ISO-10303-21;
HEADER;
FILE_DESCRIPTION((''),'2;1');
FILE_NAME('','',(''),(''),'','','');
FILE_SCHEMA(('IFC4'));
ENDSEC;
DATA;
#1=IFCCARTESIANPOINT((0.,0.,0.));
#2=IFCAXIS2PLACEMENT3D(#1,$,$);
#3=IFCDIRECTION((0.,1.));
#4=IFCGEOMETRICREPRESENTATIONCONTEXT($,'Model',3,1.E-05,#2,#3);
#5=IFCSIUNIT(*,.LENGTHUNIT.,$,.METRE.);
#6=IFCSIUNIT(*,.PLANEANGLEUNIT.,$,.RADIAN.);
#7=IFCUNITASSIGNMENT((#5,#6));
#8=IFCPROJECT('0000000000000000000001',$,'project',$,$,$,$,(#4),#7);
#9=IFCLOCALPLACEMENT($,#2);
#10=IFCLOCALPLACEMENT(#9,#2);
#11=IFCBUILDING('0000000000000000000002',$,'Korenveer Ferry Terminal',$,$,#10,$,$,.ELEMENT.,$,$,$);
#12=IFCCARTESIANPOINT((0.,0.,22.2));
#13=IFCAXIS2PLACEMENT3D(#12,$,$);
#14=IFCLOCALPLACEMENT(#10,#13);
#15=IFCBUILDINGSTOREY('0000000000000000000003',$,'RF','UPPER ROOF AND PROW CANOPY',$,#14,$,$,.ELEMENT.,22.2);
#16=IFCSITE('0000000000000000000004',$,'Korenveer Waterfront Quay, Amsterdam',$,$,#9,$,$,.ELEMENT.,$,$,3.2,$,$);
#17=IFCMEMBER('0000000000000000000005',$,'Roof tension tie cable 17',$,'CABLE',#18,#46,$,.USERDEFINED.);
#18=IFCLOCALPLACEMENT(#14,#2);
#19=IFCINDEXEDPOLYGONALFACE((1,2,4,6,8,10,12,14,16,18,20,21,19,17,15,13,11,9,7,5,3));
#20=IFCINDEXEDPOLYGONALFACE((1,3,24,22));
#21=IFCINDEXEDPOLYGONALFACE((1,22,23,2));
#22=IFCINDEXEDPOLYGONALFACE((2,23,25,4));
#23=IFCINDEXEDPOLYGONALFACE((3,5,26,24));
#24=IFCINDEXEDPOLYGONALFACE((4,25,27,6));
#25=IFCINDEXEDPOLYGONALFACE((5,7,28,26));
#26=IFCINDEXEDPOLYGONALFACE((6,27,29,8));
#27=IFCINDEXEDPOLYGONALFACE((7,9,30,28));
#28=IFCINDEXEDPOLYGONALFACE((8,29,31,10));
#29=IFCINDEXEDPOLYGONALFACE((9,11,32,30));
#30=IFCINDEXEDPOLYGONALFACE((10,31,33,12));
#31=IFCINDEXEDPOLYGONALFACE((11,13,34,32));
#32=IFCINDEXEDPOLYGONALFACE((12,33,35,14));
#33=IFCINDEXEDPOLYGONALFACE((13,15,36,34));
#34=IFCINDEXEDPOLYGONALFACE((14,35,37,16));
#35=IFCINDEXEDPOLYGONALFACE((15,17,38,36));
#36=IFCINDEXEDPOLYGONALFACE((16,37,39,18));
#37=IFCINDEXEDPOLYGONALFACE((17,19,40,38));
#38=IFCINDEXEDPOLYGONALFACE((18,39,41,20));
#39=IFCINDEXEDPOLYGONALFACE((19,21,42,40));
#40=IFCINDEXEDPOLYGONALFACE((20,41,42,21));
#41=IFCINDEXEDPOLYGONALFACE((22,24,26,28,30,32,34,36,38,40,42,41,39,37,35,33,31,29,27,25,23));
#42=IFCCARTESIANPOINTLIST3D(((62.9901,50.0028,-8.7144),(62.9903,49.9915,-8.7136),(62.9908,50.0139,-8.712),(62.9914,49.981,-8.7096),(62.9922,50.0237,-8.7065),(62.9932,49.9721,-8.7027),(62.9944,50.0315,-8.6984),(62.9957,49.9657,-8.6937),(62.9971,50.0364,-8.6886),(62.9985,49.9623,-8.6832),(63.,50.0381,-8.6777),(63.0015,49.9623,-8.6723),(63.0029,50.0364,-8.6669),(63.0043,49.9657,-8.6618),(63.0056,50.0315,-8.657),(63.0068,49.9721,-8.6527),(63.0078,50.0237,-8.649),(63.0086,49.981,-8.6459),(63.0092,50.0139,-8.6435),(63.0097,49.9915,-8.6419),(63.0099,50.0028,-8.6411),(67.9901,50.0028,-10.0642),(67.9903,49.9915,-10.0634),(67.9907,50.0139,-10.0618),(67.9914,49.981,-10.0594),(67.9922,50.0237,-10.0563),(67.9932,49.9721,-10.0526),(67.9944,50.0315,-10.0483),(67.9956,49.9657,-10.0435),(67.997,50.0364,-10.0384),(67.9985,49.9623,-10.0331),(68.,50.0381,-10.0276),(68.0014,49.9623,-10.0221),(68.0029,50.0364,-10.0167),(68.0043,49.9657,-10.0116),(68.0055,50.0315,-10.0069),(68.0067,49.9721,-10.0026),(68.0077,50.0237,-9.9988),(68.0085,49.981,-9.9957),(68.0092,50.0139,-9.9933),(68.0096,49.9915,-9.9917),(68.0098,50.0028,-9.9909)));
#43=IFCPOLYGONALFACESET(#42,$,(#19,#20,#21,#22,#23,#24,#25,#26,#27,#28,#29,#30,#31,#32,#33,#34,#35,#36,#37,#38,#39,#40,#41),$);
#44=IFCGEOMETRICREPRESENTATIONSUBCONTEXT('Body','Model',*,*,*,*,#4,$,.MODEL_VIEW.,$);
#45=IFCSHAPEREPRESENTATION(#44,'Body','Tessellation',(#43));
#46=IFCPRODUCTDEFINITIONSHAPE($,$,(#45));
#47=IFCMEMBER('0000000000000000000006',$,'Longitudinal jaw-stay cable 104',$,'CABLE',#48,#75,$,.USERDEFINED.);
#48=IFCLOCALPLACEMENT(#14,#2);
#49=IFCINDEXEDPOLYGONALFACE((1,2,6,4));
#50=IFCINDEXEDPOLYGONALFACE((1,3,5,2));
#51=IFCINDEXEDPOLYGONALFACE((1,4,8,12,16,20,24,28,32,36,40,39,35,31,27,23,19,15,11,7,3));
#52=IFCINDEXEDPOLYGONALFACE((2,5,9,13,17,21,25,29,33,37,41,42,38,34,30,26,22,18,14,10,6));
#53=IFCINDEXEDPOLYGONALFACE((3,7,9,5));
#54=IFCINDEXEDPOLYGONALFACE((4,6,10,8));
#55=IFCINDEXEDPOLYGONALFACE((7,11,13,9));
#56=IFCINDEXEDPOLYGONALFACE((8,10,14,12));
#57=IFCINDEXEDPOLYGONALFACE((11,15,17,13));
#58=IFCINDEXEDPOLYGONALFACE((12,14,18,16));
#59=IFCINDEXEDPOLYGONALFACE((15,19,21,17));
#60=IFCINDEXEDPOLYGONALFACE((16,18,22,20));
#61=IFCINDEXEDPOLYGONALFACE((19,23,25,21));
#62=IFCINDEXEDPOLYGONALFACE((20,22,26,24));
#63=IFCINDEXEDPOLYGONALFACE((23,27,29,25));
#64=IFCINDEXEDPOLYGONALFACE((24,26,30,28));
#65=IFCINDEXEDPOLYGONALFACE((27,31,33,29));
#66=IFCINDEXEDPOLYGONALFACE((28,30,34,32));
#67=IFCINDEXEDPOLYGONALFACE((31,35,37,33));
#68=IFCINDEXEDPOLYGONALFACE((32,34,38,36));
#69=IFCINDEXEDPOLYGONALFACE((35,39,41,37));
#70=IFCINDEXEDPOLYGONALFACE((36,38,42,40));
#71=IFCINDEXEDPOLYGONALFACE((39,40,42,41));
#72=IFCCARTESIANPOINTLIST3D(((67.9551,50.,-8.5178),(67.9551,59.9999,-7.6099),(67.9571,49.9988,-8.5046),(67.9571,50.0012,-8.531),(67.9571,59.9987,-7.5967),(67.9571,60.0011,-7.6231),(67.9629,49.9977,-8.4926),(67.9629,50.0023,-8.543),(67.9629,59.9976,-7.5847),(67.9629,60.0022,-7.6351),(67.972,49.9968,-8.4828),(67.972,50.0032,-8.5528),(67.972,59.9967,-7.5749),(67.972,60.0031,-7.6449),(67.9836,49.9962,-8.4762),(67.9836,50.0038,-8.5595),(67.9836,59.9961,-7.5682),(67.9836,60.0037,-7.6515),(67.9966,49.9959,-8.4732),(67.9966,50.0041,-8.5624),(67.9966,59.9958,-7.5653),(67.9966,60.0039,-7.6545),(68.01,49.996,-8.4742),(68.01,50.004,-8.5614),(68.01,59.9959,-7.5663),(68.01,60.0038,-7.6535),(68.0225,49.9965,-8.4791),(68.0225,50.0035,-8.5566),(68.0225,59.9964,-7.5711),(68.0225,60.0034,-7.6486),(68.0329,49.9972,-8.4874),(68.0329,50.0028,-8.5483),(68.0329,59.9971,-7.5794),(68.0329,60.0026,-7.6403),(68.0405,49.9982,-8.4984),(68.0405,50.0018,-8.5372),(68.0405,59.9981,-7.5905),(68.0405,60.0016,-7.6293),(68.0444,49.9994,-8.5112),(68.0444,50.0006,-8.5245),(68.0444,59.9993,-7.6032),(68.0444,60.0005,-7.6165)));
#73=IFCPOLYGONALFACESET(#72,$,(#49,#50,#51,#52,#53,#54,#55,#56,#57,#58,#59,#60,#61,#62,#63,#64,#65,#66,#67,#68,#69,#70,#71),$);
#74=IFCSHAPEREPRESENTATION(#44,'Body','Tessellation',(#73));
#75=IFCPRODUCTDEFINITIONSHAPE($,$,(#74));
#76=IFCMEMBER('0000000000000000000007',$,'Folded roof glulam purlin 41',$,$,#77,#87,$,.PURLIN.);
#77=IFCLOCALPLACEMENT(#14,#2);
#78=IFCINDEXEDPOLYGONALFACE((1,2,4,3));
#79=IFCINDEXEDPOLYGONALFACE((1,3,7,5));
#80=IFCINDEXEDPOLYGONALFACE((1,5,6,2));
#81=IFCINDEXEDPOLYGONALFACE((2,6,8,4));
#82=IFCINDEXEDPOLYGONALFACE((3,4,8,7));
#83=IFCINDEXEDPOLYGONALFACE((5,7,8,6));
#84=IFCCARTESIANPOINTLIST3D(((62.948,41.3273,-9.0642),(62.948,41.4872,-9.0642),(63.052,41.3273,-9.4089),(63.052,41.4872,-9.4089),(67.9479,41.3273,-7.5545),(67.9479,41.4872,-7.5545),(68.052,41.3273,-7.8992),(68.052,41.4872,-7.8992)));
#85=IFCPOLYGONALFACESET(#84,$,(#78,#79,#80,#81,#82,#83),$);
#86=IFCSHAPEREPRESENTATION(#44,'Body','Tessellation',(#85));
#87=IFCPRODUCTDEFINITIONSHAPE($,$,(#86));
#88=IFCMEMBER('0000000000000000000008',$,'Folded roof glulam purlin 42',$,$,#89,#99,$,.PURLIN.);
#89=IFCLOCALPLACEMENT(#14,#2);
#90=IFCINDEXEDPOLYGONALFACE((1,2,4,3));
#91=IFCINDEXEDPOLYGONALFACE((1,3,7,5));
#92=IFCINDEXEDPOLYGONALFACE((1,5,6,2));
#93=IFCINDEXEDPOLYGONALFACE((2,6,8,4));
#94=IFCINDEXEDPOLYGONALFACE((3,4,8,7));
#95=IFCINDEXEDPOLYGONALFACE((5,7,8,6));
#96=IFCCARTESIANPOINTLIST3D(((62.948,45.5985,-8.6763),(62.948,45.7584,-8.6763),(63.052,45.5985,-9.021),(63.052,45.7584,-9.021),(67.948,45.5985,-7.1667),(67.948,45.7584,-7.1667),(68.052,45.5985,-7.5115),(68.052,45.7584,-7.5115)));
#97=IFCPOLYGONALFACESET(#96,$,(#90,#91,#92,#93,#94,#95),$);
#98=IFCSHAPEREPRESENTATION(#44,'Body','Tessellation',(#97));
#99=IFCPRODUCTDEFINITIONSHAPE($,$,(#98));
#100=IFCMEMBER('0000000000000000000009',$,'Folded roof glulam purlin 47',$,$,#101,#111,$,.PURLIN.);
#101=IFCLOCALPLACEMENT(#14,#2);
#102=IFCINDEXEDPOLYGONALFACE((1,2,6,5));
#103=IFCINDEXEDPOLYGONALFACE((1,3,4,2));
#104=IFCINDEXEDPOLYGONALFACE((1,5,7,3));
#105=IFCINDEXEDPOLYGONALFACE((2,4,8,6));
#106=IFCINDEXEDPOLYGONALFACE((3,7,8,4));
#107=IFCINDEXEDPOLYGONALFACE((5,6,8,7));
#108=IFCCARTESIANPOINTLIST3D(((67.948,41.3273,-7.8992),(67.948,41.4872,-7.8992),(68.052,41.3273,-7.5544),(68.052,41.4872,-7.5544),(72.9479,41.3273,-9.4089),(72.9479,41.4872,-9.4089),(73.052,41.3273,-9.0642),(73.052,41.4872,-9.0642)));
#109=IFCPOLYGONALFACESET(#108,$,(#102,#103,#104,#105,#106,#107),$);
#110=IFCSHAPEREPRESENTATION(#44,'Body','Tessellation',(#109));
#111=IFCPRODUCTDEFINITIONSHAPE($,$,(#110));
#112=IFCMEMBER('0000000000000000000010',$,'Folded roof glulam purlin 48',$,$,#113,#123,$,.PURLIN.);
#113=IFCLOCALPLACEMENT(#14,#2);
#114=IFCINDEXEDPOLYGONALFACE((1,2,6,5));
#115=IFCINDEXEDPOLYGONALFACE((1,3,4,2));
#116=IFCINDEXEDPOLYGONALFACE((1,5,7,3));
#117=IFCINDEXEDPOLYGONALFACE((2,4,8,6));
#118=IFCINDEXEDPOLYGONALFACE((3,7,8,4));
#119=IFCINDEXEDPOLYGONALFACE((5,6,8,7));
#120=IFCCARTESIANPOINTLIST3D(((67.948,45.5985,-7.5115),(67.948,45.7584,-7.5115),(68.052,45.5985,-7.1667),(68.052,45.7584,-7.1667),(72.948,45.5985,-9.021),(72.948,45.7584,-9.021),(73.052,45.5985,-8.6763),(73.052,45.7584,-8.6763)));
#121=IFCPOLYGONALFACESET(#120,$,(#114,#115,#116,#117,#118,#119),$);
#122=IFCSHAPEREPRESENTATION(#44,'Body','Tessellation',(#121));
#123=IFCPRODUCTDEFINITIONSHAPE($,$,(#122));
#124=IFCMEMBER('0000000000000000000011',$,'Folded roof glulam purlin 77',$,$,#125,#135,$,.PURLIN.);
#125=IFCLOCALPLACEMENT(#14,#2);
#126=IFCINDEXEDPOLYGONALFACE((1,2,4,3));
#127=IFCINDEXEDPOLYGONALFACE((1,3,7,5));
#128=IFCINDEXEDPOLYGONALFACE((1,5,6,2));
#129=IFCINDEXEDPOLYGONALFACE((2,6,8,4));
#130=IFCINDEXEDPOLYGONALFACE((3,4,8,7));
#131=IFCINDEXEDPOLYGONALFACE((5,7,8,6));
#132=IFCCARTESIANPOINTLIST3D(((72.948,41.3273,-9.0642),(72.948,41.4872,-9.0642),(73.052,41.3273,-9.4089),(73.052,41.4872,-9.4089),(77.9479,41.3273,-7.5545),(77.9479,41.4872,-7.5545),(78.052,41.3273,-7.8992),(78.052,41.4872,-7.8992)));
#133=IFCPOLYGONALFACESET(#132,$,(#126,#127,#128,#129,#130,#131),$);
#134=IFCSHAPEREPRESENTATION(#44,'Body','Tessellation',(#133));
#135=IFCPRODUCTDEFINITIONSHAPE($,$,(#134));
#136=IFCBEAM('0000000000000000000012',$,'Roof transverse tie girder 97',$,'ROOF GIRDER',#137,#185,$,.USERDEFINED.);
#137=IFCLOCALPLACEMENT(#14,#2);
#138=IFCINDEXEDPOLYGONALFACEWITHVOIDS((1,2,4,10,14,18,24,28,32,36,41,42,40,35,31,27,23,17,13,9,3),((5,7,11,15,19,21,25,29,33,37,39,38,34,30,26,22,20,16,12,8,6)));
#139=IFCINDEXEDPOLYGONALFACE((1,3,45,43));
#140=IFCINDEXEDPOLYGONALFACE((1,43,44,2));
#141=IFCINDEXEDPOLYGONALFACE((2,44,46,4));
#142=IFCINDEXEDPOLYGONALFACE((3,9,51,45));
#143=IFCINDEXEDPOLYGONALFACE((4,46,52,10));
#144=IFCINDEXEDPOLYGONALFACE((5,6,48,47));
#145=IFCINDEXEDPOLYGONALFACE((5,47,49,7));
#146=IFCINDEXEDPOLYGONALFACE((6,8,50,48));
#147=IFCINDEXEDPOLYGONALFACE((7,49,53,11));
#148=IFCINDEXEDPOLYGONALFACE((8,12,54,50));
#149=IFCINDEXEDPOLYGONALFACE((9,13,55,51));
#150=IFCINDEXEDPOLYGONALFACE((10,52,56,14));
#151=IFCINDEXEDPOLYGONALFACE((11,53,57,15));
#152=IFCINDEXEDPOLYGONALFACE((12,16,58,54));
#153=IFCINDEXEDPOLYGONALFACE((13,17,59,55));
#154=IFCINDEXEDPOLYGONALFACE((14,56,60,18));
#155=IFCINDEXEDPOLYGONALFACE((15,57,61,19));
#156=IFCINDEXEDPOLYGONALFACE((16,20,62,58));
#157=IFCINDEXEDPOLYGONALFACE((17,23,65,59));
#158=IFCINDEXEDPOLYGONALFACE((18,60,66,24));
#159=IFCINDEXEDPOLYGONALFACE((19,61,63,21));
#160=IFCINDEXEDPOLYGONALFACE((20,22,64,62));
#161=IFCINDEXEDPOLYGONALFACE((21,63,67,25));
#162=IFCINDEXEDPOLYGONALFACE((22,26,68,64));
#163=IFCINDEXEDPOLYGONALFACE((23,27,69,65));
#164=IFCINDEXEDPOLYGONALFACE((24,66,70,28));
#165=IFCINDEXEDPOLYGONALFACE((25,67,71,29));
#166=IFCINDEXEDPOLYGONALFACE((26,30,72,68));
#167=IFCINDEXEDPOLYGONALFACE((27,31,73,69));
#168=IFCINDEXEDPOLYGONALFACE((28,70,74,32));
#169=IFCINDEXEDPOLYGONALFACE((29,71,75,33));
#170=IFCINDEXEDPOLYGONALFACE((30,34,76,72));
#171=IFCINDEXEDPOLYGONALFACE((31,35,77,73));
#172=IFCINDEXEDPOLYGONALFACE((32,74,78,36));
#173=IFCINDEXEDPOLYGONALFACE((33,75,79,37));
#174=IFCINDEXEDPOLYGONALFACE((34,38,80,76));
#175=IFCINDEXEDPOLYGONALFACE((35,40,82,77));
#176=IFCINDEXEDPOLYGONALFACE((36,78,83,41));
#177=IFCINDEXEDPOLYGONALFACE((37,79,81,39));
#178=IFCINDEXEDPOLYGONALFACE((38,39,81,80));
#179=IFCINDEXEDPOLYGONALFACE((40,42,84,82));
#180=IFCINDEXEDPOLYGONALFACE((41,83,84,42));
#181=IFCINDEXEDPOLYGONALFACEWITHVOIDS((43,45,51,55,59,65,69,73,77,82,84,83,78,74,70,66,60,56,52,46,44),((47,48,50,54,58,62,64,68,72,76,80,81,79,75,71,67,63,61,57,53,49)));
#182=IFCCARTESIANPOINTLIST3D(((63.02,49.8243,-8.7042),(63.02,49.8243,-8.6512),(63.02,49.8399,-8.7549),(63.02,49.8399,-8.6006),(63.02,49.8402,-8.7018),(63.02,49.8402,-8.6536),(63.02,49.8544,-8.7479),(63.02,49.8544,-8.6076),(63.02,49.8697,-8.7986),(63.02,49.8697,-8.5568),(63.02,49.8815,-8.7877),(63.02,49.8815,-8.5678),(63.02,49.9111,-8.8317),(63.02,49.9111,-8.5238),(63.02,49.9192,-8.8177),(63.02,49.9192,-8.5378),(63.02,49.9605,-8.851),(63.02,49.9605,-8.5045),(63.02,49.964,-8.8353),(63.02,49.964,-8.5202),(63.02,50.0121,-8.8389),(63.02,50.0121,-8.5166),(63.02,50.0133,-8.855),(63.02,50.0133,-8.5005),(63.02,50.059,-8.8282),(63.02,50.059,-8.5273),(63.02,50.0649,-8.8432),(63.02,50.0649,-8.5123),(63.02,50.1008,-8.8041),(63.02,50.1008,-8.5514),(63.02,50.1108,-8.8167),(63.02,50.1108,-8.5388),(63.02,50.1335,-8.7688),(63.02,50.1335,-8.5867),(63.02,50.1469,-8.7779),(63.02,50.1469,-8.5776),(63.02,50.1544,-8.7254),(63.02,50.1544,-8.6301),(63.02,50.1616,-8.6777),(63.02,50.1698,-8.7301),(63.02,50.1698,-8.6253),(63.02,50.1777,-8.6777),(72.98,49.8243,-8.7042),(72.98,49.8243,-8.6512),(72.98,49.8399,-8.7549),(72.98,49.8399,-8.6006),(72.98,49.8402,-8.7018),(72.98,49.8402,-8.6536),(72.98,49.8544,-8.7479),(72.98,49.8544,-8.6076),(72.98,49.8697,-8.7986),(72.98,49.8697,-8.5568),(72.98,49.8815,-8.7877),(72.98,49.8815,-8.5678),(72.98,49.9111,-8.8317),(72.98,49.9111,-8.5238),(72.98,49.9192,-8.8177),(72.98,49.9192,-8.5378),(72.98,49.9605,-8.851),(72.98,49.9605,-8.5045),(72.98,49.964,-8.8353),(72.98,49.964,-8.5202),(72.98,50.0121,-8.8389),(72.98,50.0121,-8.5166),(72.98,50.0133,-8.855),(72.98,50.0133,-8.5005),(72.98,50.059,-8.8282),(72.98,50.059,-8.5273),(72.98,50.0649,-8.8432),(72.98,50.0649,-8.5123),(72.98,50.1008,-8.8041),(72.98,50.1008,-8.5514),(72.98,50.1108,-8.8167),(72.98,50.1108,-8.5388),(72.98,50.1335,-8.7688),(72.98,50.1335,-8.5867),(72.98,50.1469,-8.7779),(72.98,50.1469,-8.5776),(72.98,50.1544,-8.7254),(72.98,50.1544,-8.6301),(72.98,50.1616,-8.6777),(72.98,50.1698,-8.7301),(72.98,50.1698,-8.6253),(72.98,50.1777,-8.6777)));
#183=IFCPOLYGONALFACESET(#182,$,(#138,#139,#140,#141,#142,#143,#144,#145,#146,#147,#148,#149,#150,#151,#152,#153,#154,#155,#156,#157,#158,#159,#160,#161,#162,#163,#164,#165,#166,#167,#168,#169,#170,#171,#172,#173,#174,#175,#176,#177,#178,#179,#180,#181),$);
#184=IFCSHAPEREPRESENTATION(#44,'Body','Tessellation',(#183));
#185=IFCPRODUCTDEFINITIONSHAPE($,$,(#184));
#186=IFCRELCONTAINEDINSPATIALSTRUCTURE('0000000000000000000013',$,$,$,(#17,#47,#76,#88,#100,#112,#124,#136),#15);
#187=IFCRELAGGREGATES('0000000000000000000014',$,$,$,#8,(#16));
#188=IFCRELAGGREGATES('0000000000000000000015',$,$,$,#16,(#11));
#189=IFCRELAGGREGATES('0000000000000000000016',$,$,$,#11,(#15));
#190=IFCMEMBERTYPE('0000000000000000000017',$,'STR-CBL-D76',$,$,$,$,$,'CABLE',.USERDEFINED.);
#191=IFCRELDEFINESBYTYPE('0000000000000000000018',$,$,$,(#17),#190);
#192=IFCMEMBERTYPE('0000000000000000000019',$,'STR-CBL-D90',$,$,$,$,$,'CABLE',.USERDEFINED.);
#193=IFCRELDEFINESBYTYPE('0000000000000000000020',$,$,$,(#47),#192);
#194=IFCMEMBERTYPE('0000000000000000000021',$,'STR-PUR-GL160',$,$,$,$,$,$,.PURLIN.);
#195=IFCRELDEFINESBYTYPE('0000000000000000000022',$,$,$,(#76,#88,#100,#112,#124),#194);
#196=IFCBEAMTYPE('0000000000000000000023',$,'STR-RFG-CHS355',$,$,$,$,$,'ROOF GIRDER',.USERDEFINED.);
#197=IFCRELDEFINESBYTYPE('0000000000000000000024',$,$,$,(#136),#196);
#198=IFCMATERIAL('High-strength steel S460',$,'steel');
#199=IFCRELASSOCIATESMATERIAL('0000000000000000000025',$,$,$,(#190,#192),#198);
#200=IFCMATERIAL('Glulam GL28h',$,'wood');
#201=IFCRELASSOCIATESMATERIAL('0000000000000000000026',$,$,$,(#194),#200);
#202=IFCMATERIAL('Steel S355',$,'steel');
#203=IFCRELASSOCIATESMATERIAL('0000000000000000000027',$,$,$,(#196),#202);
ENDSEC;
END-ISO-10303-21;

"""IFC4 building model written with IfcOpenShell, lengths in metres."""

from ifc_helpers import new_model, si_unit, direction, frame, origin, origin_2d, place, context, subcontext, project, spatial, rectangle, circle, hollow_circle, extrude, material, material_profile, profile_set, type_object, element, save


model = new_model("IFC4")

# Units and contexts
model_context = context("Model", 3, precision=1e-05, world=origin(), true_north=direction((0.0, 1.0)))
body_context = subcontext(model_context, "Body", "Model", "MODEL_VIEW")
ifc_project = project(units=[si_unit("LENGTHUNIT", "METRE"), si_unit("PLANEANGLEUNIT", "RADIAN")], contexts=[model_context])

# Site, building, storey
site_placement = place(None, origin())
site = spatial("IfcSite", under=ifc_project, at=site_placement, Name="Korenveer Waterfront Quay, Amsterdam", CompositionType="ELEMENT", RefElevation=3.2)
building_placement = place(site_placement, origin())
building = spatial("IfcBuilding", under=site, at=building_placement, Name="Korenveer Ferry Terminal", CompositionType="ELEMENT")
storey_placement = place(building_placement, frame((0.0, 0.0, 22.2)))
storey = spatial("IfcBuildingStorey", under=building, at=storey_placement, Name="RF", Description="UPPER ROOF AND PROW CANOPY", CompositionType="ELEMENT", Elevation=22.2)

# Shared definitions
ifc_material_1 = material(Name="Steel S355", Category="steel")

# Members
ifc_material_2 = material(Name="High-strength steel S460", Category="steel")
ifc_material_profile_1 = material_profile(ifc_material_2, circle(Radius=0.0381, at=origin_2d()), Name="ROD D76")
ifc_profile_set_1 = profile_set([ifc_material_profile_1], Name="High-strength steel S460")
member_type_1 = type_object("IfcMemberType", Name="STR-CBL-D76", ElementType="CABLE", PredefinedType="USERDEFINED", material=ifc_profile_set_1)
for number, where, z_axis, x_axis, name in (
    (1, (63.0, 50.0, -8.6777), (0.965436, 0.0, -0.260639), (0.0, 1.0, 0.0), "Roof tension tie cable 17"),
):
    element("IfcMember", number, at=place(storey_placement, frame(where, z_axis=z_axis, x_axis=x_axis)), inside=storey, type_object=member_type_1, Name=name, ObjectType="CABLE", PredefinedType="USERDEFINED", context=body_context, shape_type="SweptSolid", body=[
        extrude(circle(Radius=0.0381, at=origin_2d()), origin(), (0.0, 0.0, 1.0), 5.179),
    ])
ifc_material_profile_2 = material_profile(ifc_material_2, circle(Radius=0.0449, at=origin_2d()), Name="ROD D90")
ifc_profile_set_2 = profile_set([ifc_material_profile_2], Name="High-strength steel S460")
member_type_2 = type_object("IfcMemberType", Name="STR-CBL-D90", ElementType="CABLE", PredefinedType="USERDEFINED", material=ifc_profile_set_2)
member_1_placement = place(storey_placement, frame((68.0, 50.0, -8.5178), z_axis=(0.0, 0.995903, 0.090424), x_axis=(-1.0, 0.0, 0.0)))
element("IfcMember", 2, at=member_1_placement, inside=storey, type_object=member_type_2, Name="Longitudinal jaw-stay cable 104", ObjectType="CABLE", PredefinedType="USERDEFINED", context=body_context, shape_type="SweptSolid", body=[
    extrude(circle(Radius=0.0449, at=origin_2d()), origin(), (0.0, 0.0, 1.0), 10.041),
])
ifc_material_3 = material(Name="Glulam GL28h", Category="wood")
ifc_material_profile_3 = material_profile(ifc_material_3, rectangle(XDim=0.1599, YDim=0.3601, at=origin_2d()), Name="GL 160x360")
ifc_profile_set_3 = profile_set([ifc_material_profile_3], Name="Glulam GL28h")
member_type_3 = type_object("IfcMemberType", Name="STR-PUR-GL160", PredefinedType="PURLIN", material=ifc_profile_set_3)
for number, where, z_axis, x_axis, name in (
    (3, (63.0, 41.4072, -9.2366), (0.95731, 0.0, 0.289063), (0.0, 1.0, 0.0), "Folded roof glulam purlin 41"),
    (4, (63.0, 45.6785, -8.8486), (0.957323, 0.0, 0.28902), (0.0, 1.0, 0.0), "Folded roof glulam purlin 42"),
    (5, (68.0, 41.4072, -7.7268), (0.95731, 0.0, -0.289063), (0.0, 1.0, 0.0), "Folded roof glulam purlin 47"),
    (6, (68.0, 45.6785, -7.3391), (0.957323, 0.0, -0.28902), (0.0, 1.0, 0.0), "Folded roof glulam purlin 48"),
    (7, (73.0, 41.4072, -9.2366), (0.95731, 0.0, 0.289063), (0.0, 1.0, 0.0), "Folded roof glulam purlin 77"),
):
    element("IfcMember", number, at=place(storey_placement, frame(where, z_axis=z_axis, x_axis=x_axis)), inside=storey, type_object=member_type_3, Name=name, PredefinedType="PURLIN", context=body_context, shape_type="SweptSolid", body=[
        extrude(rectangle(XDim=0.1599, YDim=0.3601, at=origin_2d()), origin(), (0.0, 0.0, 1.0), 5.2229),
    ])

# Beam
ifc_material_profile_4 = material_profile(ifc_material_1, hollow_circle(Radius=0.1777, WallThickness=0.0161, at=origin_2d()), Name="CHS 355.6x16")
ifc_profile_set_4 = profile_set([ifc_material_profile_4], Name="Steel S355")
beam_type_1 = type_object("IfcBeamType", Name="STR-RFG-CHS355", ElementType="ROOF GIRDER", PredefinedType="USERDEFINED", material=ifc_profile_set_4)
beam_1_placement = place(storey_placement, frame((63.02, 50.0, -8.6777), z_axis=(1.0, 0.0, 0.0), x_axis=(0.0, 1.0, 0.0)))
element("IfcBeam", 8, at=beam_1_placement, inside=storey, type_object=beam_type_1, Name="Roof transverse tie girder 97", ObjectType="ROOF GIRDER", PredefinedType="USERDEFINED", context=body_context, shape_type="SweptSolid", body=[
    extrude(hollow_circle(Radius=0.1777, WallThickness=0.0161, at=origin_2d()), origin(), (0.0, 0.0, 1.0), 9.96),
])

save(model, "model.ifc")
